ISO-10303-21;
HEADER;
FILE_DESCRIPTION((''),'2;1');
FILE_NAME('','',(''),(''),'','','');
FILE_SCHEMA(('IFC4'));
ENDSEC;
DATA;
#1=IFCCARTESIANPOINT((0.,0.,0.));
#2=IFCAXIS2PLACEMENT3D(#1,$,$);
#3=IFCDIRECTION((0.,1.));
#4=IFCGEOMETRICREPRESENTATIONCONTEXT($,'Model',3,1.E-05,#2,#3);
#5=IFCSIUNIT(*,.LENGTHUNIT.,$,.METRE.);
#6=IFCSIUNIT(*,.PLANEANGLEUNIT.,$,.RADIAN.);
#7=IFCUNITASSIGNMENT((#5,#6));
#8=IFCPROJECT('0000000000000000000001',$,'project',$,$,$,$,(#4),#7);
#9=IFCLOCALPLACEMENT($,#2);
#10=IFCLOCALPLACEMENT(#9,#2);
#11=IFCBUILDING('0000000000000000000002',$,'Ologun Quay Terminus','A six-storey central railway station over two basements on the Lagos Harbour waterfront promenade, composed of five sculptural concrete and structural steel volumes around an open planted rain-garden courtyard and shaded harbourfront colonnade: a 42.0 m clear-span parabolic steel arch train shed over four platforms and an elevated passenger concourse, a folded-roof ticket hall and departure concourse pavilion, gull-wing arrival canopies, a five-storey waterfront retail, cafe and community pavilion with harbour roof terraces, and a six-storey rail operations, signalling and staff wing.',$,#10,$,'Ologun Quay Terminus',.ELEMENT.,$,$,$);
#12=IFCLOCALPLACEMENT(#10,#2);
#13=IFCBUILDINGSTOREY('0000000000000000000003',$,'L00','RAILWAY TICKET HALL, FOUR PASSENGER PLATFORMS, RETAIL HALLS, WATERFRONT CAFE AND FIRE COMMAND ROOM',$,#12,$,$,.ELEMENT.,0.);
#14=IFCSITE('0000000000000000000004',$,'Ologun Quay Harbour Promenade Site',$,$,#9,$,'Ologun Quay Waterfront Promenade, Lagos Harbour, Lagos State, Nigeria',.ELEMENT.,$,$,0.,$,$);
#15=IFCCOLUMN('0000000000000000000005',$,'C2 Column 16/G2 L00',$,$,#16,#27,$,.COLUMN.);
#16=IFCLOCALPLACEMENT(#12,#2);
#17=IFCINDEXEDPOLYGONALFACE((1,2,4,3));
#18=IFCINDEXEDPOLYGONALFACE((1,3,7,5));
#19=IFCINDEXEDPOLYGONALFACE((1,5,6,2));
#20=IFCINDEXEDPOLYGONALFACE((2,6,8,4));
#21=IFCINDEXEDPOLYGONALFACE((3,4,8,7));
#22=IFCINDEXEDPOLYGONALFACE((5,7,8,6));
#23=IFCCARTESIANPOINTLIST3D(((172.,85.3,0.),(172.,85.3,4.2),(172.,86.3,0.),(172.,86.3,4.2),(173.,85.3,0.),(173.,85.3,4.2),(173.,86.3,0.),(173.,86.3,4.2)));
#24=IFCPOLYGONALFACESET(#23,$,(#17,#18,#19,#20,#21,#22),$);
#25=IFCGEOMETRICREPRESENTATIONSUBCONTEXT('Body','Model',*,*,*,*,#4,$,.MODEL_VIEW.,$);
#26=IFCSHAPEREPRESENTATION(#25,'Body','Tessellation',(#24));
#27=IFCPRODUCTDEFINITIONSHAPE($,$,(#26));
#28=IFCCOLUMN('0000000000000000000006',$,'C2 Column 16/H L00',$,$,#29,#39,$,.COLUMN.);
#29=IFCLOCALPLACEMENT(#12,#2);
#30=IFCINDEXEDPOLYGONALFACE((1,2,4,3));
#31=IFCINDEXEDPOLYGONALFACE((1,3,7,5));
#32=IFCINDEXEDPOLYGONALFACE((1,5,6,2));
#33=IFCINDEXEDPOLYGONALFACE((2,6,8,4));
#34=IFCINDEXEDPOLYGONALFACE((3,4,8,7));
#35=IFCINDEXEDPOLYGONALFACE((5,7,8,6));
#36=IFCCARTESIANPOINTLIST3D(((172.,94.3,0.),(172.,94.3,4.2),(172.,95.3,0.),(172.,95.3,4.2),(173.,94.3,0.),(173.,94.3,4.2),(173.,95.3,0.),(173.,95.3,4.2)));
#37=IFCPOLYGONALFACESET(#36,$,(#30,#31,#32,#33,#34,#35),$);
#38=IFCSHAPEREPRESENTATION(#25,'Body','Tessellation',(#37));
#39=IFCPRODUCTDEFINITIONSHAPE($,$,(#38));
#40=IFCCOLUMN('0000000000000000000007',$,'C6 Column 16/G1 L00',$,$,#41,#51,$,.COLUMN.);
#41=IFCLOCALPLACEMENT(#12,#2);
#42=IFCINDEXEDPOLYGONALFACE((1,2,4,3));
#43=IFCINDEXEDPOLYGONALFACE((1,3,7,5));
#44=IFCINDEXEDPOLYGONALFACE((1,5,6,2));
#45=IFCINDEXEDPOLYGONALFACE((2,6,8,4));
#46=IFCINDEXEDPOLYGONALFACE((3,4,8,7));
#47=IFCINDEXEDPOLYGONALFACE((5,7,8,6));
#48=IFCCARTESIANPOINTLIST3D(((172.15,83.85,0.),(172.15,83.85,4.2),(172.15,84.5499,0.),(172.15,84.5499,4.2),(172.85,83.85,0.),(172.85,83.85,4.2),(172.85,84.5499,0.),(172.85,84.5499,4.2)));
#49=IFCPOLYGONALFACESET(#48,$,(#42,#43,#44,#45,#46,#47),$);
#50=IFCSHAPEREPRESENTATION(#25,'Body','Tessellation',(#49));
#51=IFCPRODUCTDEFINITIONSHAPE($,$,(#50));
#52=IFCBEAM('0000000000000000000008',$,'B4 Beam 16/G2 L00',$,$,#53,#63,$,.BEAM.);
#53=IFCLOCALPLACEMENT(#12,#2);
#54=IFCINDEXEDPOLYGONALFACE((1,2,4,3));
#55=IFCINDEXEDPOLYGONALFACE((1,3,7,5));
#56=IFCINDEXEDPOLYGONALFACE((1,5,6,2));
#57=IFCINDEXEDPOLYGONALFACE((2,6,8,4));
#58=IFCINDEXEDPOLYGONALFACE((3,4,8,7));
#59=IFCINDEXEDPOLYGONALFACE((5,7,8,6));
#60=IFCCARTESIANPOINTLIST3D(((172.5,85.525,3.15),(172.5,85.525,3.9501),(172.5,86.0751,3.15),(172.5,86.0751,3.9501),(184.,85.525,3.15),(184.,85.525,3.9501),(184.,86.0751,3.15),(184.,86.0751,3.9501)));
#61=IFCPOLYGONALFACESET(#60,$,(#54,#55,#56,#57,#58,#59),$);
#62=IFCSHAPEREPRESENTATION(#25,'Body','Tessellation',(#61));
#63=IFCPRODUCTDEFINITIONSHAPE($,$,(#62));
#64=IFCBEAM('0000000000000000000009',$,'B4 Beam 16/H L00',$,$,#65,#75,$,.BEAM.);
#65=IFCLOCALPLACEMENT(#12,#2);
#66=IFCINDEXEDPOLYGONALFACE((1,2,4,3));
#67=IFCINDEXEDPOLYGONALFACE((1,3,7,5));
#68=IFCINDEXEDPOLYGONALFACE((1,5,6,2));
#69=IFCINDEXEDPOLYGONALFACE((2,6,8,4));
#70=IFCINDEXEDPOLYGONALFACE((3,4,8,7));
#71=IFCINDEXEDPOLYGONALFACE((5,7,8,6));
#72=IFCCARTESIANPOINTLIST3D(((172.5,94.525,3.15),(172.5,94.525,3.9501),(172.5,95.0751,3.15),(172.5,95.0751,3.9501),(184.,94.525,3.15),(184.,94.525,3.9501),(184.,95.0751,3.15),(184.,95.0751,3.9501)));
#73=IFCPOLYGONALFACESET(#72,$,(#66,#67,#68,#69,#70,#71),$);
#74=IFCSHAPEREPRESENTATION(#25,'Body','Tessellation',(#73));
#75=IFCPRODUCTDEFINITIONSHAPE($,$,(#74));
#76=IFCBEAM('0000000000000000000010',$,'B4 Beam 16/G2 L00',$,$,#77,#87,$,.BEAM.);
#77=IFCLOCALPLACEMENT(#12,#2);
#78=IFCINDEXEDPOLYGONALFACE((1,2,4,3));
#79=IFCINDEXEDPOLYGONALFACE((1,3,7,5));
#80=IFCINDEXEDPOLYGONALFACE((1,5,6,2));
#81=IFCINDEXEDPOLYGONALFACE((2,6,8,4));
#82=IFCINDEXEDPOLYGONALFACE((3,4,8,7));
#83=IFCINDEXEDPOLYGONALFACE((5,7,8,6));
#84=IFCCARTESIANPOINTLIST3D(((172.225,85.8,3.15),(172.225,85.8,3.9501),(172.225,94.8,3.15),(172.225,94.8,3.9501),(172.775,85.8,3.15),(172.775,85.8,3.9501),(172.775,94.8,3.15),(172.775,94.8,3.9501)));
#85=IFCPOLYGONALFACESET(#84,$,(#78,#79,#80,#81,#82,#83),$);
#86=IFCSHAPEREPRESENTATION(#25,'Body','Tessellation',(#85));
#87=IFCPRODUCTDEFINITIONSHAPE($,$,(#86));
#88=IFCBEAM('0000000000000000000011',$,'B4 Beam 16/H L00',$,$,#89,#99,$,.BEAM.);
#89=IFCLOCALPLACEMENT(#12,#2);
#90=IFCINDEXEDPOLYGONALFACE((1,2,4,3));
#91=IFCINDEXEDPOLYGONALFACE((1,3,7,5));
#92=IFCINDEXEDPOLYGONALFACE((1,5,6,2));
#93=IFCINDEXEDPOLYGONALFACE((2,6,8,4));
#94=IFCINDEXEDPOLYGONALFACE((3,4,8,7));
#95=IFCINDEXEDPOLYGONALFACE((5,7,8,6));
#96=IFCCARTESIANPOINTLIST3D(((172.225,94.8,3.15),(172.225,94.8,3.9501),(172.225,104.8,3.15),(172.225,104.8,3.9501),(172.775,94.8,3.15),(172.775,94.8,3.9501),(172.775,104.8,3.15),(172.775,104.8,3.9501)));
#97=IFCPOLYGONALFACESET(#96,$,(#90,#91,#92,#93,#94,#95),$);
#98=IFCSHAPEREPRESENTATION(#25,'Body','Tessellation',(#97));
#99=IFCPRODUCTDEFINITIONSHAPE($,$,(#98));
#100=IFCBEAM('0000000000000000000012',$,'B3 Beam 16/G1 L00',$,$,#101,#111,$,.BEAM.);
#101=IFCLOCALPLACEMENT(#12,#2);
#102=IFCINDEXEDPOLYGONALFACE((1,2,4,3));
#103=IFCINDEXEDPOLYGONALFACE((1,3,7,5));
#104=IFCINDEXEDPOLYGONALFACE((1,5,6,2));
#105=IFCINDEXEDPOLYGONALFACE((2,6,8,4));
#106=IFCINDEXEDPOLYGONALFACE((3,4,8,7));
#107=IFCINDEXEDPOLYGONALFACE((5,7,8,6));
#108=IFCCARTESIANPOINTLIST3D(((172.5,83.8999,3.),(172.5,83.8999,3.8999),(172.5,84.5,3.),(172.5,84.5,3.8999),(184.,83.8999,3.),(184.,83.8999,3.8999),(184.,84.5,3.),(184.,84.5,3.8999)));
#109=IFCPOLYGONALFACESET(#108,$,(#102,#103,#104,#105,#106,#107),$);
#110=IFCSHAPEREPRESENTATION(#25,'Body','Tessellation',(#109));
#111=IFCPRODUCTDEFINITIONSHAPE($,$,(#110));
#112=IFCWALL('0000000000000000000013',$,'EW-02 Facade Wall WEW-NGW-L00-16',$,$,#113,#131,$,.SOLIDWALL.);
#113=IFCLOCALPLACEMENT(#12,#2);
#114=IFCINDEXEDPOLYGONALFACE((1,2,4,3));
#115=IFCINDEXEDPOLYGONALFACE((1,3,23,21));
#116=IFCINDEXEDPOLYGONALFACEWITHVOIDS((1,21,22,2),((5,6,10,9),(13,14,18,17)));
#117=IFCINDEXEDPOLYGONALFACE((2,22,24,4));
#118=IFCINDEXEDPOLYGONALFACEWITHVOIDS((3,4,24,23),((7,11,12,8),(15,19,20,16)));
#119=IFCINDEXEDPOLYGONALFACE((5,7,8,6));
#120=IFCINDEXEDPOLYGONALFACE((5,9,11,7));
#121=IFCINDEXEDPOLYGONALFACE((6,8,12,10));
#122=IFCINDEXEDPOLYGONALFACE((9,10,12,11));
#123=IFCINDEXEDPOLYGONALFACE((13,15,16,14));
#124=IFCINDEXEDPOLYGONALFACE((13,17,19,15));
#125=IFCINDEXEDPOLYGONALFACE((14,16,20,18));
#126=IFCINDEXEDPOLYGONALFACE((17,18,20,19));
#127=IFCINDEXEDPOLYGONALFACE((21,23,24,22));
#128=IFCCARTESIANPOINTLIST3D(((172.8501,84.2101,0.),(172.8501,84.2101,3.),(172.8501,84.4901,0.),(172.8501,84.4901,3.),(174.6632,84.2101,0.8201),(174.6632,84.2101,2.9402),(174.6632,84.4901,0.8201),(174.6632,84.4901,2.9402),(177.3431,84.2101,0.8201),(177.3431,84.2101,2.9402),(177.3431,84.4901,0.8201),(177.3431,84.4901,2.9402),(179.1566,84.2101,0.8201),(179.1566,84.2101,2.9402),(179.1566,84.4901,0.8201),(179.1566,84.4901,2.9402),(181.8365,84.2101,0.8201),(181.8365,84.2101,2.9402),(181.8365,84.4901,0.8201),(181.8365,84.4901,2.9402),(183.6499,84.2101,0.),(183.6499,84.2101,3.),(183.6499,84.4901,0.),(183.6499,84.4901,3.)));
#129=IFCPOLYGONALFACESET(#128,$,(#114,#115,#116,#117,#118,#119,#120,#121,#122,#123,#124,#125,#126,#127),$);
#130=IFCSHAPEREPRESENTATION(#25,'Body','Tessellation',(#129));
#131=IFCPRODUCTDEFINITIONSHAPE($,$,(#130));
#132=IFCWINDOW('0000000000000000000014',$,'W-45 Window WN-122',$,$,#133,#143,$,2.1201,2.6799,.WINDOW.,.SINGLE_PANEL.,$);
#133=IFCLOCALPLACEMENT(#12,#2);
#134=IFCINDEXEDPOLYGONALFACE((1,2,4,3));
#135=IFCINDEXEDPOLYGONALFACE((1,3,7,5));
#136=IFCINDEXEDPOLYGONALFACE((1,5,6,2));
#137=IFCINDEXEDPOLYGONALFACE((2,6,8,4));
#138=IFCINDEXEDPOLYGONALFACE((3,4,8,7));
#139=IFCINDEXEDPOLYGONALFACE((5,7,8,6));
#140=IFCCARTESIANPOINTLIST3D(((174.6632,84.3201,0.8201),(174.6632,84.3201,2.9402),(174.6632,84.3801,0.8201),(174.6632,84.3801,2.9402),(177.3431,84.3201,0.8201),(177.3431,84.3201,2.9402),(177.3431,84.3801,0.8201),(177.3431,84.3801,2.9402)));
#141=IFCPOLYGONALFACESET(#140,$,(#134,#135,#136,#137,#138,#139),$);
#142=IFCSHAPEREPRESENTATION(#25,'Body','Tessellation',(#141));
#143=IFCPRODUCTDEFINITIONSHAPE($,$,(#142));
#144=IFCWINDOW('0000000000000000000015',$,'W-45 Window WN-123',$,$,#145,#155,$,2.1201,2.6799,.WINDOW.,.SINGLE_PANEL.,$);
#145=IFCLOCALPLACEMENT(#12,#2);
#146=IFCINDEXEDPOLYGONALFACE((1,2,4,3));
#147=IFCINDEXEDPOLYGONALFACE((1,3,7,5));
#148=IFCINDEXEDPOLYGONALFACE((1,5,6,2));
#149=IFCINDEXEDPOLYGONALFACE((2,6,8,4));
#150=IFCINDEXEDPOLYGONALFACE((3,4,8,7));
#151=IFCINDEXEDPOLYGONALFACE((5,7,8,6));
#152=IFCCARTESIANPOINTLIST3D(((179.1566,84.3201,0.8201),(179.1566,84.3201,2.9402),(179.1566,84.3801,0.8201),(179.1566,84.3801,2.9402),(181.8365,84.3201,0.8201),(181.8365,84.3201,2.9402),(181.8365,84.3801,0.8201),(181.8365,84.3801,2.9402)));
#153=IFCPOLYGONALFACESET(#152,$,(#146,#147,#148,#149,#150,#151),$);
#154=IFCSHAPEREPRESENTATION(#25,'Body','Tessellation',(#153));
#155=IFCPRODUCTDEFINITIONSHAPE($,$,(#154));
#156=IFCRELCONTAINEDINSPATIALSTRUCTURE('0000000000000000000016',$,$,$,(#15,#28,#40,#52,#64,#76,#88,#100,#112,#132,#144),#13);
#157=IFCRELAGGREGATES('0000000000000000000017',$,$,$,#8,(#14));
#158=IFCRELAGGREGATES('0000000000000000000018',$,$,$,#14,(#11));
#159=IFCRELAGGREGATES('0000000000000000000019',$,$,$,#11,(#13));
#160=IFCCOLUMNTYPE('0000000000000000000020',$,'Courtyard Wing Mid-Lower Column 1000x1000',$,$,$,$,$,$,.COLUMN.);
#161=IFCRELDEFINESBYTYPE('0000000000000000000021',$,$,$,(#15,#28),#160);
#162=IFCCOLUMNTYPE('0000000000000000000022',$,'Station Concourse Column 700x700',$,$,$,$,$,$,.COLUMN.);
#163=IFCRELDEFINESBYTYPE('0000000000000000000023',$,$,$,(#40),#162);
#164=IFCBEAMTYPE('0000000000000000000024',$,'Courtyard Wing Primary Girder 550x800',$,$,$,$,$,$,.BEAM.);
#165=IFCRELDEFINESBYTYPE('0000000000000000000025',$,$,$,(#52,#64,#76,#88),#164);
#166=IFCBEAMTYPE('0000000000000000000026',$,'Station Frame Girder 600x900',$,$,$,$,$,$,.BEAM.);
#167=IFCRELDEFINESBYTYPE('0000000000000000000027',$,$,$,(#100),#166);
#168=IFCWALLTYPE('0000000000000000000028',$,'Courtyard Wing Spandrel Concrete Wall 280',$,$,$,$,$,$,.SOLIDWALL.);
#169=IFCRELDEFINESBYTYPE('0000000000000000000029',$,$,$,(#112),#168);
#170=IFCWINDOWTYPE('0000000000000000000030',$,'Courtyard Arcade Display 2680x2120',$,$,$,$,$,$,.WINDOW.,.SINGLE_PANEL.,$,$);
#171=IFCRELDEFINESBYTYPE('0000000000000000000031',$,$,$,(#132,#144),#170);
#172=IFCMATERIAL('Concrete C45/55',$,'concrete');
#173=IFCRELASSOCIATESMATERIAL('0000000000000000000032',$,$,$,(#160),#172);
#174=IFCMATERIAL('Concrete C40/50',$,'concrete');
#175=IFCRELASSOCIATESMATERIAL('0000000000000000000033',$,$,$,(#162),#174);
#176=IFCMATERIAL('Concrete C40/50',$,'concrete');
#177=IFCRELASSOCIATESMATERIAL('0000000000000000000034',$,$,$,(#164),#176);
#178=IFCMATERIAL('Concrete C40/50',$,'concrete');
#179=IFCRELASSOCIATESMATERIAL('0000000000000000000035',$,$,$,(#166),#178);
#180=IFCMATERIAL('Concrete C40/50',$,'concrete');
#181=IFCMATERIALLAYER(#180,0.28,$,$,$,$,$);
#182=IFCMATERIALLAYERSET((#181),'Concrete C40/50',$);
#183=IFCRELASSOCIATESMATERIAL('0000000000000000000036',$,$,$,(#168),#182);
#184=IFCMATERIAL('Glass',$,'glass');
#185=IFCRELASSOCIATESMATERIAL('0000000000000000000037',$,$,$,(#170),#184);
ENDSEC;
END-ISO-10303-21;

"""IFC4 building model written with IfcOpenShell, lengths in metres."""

from ifc_helpers import new_model, si_unit, direction, frame, frame_2d, origin, origin_2d, place, context, subcontext, project, spatial, rectangle, extrude, material, layer, layer_set, material_profile, profile_set, type_object, element, fill, save


model = new_model("IFC4")

# Units and contexts
model_context = context("Model", 3, precision=1e-05, world=origin(), true_north=direction((0.0, 1.0)))
body_context = subcontext(model_context, "Body", "Model", "MODEL_VIEW")
ifc_project = project(units=[si_unit("LENGTHUNIT", "METRE"), si_unit("PLANEANGLEUNIT", "RADIAN")], contexts=[model_context])

# Site, building, storey
site_placement = place(None, origin())
site = spatial("IfcSite", under=ifc_project, at=site_placement, Name="Ologun Quay Harbour Promenade Site", LongName="Ologun Quay Waterfront Promenade, Lagos Harbour, Lagos State, Nigeria", CompositionType="ELEMENT", RefElevation=0.0)
building_placement = place(site_placement, origin())
building = spatial("IfcBuilding", under=site, at=building_placement, Name="Ologun Quay Terminus", Description="A six-storey central railway station over two basements on the Lagos Harbour waterfront promenade, composed of five sculptural concrete and structural steel volumes around an open planted rain-garden courtyard and shaded harbourfront colonnade: a 42.0 m clear-span parabolic steel arch train shed over four platforms and an elevated passenger concourse, a folded-roof ticket hall and departure concourse pavilion, gull-wing arrival canopies, a five-storey waterfront retail, cafe and community pavilion with harbour roof terraces, and a six-storey rail operations, signalling and staff wing.", LongName="Ologun Quay Terminus", CompositionType="ELEMENT")
storey_placement = place(building_placement, origin())
storey = spatial("IfcBuildingStorey", under=building, at=storey_placement, Name="L00", Description="RAILWAY TICKET HALL, FOUR PASSENGER PLATFORMS, RETAIL HALLS, WATERFRONT CAFE AND FIRE COMMAND ROOM", CompositionType="ELEMENT", Elevation=0.0)

# Columns
ifc_material_1 = material(Name="Concrete C45/55", Category="concrete")
ifc_material_profile_1 = material_profile(ifc_material_1, rectangle(XDim=1.0, YDim=1.0, at=origin_2d()), Name="RC 1000x1000")
ifc_profile_set_1 = profile_set([ifc_material_profile_1], Name="Concrete C45/55")
column_type_1 = type_object("IfcColumnType", Name="Courtyard Wing Mid-Lower Column 1000x1000", PredefinedType="COLUMN", material=ifc_profile_set_1)
for number, where, z_axis, x_axis, name in (
    (1, (172.5, 85.8, 0.0), (0.0, 0.0, 1.0), (1.0, 0.0, 0.0), "C2 Column 16/G2 L00"),
    (2, (172.5, 94.8, 0.0), (0.0, 0.0, 1.0), (1.0, 0.0, 0.0), "C2 Column 16/H L00"),
):
    element("IfcColumn", number, at=place(storey_placement, frame(where, z_axis=z_axis, x_axis=x_axis)), inside=storey, type_object=column_type_1, Name=name, PredefinedType="COLUMN", context=body_context, shape_type="SweptSolid", body=[
        extrude(rectangle(XDim=1.0, YDim=1.0, at=origin_2d()), origin(), (0.0, 0.0, 1.0), 4.2),
    ])
ifc_material_2 = material(Name="Concrete C40/50", Category="concrete")
ifc_material_profile_2 = material_profile(ifc_material_2, rectangle(XDim=0.7, YDim=0.7, at=origin_2d()), Name="RC 700x700")
ifc_profile_set_2 = profile_set([ifc_material_profile_2], Name="Concrete C40/50")
column_type_2 = type_object("IfcColumnType", Name="Station Concourse Column 700x700", PredefinedType="COLUMN", material=ifc_profile_set_2)
column_placement = place(storey_placement, frame((172.5, 84.2, 0.0), z_axis=(0.0, 0.0, 1.0), x_axis=(1.0, 0.0, 0.0)))
element("IfcColumn", 3, at=column_placement, inside=storey, type_object=column_type_2, Name="C6 Column 16/G1 L00", PredefinedType="COLUMN", context=body_context, shape_type="SweptSolid", body=[
    extrude(rectangle(XDim=0.7, YDim=0.7, at=origin_2d()), origin(), (0.0, 0.0, 1.0), 4.2),
])

# Beams
ifc_material_3 = material(Name="Concrete C40/50", Category="concrete")
ifc_material_profile_3 = material_profile(ifc_material_3, rectangle(XDim=0.55, YDim=0.8, at=origin_2d()), Name="RC 550x800")
ifc_profile_set_3 = profile_set([ifc_material_profile_3], Name="Concrete C40/50")
beam_type_1 = type_object("IfcBeamType", Name="Courtyard Wing Primary Girder 550x800", PredefinedType="BEAM", material=ifc_profile_set_3)
for number, where, z_axis, x_axis, name in (
    (4, (172.5, 85.8, 3.55), (1.0, 0.0, 0.0), (0.0, 1.0, 0.0), "B4 Beam 16/G2 L00"),
    (5, (172.5, 94.8, 3.55), (1.0, 0.0, 0.0), (0.0, 1.0, 0.0), "B4 Beam 16/H L00"),
):
    element("IfcBeam", number, at=place(storey_placement, frame(where, z_axis=z_axis, x_axis=x_axis)), inside=storey, type_object=beam_type_1, Name=name, PredefinedType="BEAM", context=body_context, shape_type="SweptSolid", body=[
        extrude(rectangle(XDim=0.55, YDim=0.8, at=origin_2d()), origin(), (0.0, 0.0, 1.0), 11.5),
    ])
beam_1_placement = place(storey_placement, frame((172.5, 85.8, 3.55), z_axis=(0.0, 1.0, 0.0), x_axis=(-1.0, 0.0, 0.0)))
element("IfcBeam", 6, at=beam_1_placement, inside=storey, type_object=beam_type_1, Name="B4 Beam 16/G2 L00", PredefinedType="BEAM", context=body_context, shape_type="SweptSolid", body=[
    extrude(rectangle(XDim=0.55, YDim=0.8, at=origin_2d()), origin(), (0.0, 0.0, 1.0), 9.0),
])
beam_2_placement = place(storey_placement, frame((172.5, 94.8, 3.55), z_axis=(0.0, 1.0, 0.0), x_axis=(-1.0, 0.0, 0.0)))
element("IfcBeam", 7, at=beam_2_placement, inside=storey, type_object=beam_type_1, Name="B4 Beam 16/H L00", PredefinedType="BEAM", context=body_context, shape_type="SweptSolid", body=[
    extrude(rectangle(XDim=0.55, YDim=0.8, at=origin_2d()), origin(), (0.0, 0.0, 1.0), 10.0),
])
ifc_material_4 = material(Name="Concrete C40/50", Category="concrete")
ifc_material_profile_4 = material_profile(ifc_material_4, rectangle(XDim=0.6001, YDim=0.8999, at=origin_2d()), Name="RC 600x900")
ifc_profile_set_4 = profile_set([ifc_material_profile_4], Name="Concrete C40/50")
beam_type_2 = type_object("IfcBeamType", Name="Station Frame Girder 600x900", PredefinedType="BEAM", material=ifc_profile_set_4)
beam_3_placement = place(storey_placement, frame((172.5, 84.2, 3.45), z_axis=(1.0, 0.0, 0.0), x_axis=(0.0, 1.0, 0.0)))
element("IfcBeam", 8, at=beam_3_placement, inside=storey, type_object=beam_type_2, Name="B3 Beam 16/G1 L00", PredefinedType="BEAM", context=body_context, shape_type="SweptSolid", body=[
    extrude(rectangle(XDim=0.6001, YDim=0.8999, at=origin_2d()), origin(), (0.0, 0.0, 1.0), 11.5),
])

# Wall, openings, windows
ifc_material_5 = material(Name="Concrete C40/50", Category="concrete")
ifc_layer_1 = layer(ifc_material_5, 0.28)
ifc_layer_set_1 = layer_set([ifc_layer_1], Name="Concrete C40/50")
wall_type_1 = type_object("IfcWallType", Name="Courtyard Wing Spandrel Concrete Wall 280", PredefinedType="SOLIDWALL", material=ifc_layer_set_1)
wall_1_placement = place(storey_placement, frame((172.8501, 84.3501, 0.0), z_axis=(0.0, 0.0, 1.0), x_axis=(1.0, 0.0, 0.0)))
wall_1 = element("IfcWall", 9, at=wall_1_placement, inside=storey, type_object=wall_type_1, Name="EW-02 Facade Wall WEW-NGW-L00-16", PredefinedType="SOLIDWALL", context=body_context, shape_type="SweptSolid", body=[
    extrude(rectangle(XDim=10.7998, YDim=0.28, at=frame_2d((5.3999, 0.0))), origin(), (0.0, 0.0, 1.0), 3.0),
])
opening_1_placement = place(wall_1_placement, frame((1.8132, 0.0, 0.8201)))
opening_1 = element("IfcOpeningElement", 10, at=opening_1_placement, cuts=wall_1, PredefinedType="OPENING", context=body_context, shape_type="SweptSolid", body=[
    extrude(rectangle(XDim=2.6799, YDim=2.1201, at=frame_2d((1.3398, 1.0601))), frame((0.0, 0.1499, 0.0), z_axis=(0.0, -1.0, 0.0), x_axis=(1.0, 0.0, 0.0)), (0.0, 0.0, 1.0), 0.3),
])
opening_2_placement = place(wall_1_placement, frame((6.3066, 0.0, 0.8201)))
opening_2 = element("IfcOpeningElement", 11, at=opening_2_placement, cuts=wall_1, PredefinedType="OPENING", context=body_context, shape_type="SweptSolid", body=[
    extrude(rectangle(XDim=2.6799, YDim=2.1201, at=frame_2d((1.3398, 1.0601))), frame((0.0, 0.1499, 0.0), z_axis=(0.0, -1.0, 0.0), x_axis=(1.0, 0.0, 0.0)), (0.0, 0.0, 1.0), 0.3),
])
ifc_material_6 = material(Name="Glass", Category="glass")
window_type_1 = type_object("IfcWindowType", Name="Courtyard Arcade Display 2680x2120", PartitioningType="SINGLE_PANEL", PredefinedType="WINDOW", material=ifc_material_6)
window_1_placement = place(opening_1_placement, origin())
window_1 = element("IfcWindow", 12, at=window_1_placement, inside=storey, type_object=window_type_1, Name="W-45 Window WN-122", OverallHeight=2.1201, OverallWidth=2.6799, PartitioningType="SINGLE_PANEL", PredefinedType="WINDOW", context=body_context, shape_type="SweptSolid", body=[
    extrude(rectangle(XDim=2.6799, YDim=2.1201, at=frame_2d((1.3398, 1.0601))), frame((0.0, 0.03, 0.0), z_axis=(0.0, -1.0, 0.0), x_axis=(1.0, 0.0, 0.0)), (0.0, 0.0, 1.0), 0.0601),
])
fill(opening_1, window_1)
window_2_placement = place(opening_2_placement, origin())
window_2 = element("IfcWindow", 13, at=window_2_placement, inside=storey, type_object=window_type_1, Name="W-45 Window WN-123", OverallHeight=2.1201, OverallWidth=2.6799, PartitioningType="SINGLE_PANEL", PredefinedType="WINDOW", context=body_context, shape_type="SweptSolid", body=[
    extrude(rectangle(XDim=2.6799, YDim=2.1201, at=frame_2d((1.3398, 1.0601))), frame((0.0, 0.03, 0.0), z_axis=(0.0, -1.0, 0.0), x_axis=(1.0, 0.0, 0.0)), (0.0, 0.0, 1.0), 0.0601),
])
fill(opening_2, window_2)

save(model, "model.ifc")
